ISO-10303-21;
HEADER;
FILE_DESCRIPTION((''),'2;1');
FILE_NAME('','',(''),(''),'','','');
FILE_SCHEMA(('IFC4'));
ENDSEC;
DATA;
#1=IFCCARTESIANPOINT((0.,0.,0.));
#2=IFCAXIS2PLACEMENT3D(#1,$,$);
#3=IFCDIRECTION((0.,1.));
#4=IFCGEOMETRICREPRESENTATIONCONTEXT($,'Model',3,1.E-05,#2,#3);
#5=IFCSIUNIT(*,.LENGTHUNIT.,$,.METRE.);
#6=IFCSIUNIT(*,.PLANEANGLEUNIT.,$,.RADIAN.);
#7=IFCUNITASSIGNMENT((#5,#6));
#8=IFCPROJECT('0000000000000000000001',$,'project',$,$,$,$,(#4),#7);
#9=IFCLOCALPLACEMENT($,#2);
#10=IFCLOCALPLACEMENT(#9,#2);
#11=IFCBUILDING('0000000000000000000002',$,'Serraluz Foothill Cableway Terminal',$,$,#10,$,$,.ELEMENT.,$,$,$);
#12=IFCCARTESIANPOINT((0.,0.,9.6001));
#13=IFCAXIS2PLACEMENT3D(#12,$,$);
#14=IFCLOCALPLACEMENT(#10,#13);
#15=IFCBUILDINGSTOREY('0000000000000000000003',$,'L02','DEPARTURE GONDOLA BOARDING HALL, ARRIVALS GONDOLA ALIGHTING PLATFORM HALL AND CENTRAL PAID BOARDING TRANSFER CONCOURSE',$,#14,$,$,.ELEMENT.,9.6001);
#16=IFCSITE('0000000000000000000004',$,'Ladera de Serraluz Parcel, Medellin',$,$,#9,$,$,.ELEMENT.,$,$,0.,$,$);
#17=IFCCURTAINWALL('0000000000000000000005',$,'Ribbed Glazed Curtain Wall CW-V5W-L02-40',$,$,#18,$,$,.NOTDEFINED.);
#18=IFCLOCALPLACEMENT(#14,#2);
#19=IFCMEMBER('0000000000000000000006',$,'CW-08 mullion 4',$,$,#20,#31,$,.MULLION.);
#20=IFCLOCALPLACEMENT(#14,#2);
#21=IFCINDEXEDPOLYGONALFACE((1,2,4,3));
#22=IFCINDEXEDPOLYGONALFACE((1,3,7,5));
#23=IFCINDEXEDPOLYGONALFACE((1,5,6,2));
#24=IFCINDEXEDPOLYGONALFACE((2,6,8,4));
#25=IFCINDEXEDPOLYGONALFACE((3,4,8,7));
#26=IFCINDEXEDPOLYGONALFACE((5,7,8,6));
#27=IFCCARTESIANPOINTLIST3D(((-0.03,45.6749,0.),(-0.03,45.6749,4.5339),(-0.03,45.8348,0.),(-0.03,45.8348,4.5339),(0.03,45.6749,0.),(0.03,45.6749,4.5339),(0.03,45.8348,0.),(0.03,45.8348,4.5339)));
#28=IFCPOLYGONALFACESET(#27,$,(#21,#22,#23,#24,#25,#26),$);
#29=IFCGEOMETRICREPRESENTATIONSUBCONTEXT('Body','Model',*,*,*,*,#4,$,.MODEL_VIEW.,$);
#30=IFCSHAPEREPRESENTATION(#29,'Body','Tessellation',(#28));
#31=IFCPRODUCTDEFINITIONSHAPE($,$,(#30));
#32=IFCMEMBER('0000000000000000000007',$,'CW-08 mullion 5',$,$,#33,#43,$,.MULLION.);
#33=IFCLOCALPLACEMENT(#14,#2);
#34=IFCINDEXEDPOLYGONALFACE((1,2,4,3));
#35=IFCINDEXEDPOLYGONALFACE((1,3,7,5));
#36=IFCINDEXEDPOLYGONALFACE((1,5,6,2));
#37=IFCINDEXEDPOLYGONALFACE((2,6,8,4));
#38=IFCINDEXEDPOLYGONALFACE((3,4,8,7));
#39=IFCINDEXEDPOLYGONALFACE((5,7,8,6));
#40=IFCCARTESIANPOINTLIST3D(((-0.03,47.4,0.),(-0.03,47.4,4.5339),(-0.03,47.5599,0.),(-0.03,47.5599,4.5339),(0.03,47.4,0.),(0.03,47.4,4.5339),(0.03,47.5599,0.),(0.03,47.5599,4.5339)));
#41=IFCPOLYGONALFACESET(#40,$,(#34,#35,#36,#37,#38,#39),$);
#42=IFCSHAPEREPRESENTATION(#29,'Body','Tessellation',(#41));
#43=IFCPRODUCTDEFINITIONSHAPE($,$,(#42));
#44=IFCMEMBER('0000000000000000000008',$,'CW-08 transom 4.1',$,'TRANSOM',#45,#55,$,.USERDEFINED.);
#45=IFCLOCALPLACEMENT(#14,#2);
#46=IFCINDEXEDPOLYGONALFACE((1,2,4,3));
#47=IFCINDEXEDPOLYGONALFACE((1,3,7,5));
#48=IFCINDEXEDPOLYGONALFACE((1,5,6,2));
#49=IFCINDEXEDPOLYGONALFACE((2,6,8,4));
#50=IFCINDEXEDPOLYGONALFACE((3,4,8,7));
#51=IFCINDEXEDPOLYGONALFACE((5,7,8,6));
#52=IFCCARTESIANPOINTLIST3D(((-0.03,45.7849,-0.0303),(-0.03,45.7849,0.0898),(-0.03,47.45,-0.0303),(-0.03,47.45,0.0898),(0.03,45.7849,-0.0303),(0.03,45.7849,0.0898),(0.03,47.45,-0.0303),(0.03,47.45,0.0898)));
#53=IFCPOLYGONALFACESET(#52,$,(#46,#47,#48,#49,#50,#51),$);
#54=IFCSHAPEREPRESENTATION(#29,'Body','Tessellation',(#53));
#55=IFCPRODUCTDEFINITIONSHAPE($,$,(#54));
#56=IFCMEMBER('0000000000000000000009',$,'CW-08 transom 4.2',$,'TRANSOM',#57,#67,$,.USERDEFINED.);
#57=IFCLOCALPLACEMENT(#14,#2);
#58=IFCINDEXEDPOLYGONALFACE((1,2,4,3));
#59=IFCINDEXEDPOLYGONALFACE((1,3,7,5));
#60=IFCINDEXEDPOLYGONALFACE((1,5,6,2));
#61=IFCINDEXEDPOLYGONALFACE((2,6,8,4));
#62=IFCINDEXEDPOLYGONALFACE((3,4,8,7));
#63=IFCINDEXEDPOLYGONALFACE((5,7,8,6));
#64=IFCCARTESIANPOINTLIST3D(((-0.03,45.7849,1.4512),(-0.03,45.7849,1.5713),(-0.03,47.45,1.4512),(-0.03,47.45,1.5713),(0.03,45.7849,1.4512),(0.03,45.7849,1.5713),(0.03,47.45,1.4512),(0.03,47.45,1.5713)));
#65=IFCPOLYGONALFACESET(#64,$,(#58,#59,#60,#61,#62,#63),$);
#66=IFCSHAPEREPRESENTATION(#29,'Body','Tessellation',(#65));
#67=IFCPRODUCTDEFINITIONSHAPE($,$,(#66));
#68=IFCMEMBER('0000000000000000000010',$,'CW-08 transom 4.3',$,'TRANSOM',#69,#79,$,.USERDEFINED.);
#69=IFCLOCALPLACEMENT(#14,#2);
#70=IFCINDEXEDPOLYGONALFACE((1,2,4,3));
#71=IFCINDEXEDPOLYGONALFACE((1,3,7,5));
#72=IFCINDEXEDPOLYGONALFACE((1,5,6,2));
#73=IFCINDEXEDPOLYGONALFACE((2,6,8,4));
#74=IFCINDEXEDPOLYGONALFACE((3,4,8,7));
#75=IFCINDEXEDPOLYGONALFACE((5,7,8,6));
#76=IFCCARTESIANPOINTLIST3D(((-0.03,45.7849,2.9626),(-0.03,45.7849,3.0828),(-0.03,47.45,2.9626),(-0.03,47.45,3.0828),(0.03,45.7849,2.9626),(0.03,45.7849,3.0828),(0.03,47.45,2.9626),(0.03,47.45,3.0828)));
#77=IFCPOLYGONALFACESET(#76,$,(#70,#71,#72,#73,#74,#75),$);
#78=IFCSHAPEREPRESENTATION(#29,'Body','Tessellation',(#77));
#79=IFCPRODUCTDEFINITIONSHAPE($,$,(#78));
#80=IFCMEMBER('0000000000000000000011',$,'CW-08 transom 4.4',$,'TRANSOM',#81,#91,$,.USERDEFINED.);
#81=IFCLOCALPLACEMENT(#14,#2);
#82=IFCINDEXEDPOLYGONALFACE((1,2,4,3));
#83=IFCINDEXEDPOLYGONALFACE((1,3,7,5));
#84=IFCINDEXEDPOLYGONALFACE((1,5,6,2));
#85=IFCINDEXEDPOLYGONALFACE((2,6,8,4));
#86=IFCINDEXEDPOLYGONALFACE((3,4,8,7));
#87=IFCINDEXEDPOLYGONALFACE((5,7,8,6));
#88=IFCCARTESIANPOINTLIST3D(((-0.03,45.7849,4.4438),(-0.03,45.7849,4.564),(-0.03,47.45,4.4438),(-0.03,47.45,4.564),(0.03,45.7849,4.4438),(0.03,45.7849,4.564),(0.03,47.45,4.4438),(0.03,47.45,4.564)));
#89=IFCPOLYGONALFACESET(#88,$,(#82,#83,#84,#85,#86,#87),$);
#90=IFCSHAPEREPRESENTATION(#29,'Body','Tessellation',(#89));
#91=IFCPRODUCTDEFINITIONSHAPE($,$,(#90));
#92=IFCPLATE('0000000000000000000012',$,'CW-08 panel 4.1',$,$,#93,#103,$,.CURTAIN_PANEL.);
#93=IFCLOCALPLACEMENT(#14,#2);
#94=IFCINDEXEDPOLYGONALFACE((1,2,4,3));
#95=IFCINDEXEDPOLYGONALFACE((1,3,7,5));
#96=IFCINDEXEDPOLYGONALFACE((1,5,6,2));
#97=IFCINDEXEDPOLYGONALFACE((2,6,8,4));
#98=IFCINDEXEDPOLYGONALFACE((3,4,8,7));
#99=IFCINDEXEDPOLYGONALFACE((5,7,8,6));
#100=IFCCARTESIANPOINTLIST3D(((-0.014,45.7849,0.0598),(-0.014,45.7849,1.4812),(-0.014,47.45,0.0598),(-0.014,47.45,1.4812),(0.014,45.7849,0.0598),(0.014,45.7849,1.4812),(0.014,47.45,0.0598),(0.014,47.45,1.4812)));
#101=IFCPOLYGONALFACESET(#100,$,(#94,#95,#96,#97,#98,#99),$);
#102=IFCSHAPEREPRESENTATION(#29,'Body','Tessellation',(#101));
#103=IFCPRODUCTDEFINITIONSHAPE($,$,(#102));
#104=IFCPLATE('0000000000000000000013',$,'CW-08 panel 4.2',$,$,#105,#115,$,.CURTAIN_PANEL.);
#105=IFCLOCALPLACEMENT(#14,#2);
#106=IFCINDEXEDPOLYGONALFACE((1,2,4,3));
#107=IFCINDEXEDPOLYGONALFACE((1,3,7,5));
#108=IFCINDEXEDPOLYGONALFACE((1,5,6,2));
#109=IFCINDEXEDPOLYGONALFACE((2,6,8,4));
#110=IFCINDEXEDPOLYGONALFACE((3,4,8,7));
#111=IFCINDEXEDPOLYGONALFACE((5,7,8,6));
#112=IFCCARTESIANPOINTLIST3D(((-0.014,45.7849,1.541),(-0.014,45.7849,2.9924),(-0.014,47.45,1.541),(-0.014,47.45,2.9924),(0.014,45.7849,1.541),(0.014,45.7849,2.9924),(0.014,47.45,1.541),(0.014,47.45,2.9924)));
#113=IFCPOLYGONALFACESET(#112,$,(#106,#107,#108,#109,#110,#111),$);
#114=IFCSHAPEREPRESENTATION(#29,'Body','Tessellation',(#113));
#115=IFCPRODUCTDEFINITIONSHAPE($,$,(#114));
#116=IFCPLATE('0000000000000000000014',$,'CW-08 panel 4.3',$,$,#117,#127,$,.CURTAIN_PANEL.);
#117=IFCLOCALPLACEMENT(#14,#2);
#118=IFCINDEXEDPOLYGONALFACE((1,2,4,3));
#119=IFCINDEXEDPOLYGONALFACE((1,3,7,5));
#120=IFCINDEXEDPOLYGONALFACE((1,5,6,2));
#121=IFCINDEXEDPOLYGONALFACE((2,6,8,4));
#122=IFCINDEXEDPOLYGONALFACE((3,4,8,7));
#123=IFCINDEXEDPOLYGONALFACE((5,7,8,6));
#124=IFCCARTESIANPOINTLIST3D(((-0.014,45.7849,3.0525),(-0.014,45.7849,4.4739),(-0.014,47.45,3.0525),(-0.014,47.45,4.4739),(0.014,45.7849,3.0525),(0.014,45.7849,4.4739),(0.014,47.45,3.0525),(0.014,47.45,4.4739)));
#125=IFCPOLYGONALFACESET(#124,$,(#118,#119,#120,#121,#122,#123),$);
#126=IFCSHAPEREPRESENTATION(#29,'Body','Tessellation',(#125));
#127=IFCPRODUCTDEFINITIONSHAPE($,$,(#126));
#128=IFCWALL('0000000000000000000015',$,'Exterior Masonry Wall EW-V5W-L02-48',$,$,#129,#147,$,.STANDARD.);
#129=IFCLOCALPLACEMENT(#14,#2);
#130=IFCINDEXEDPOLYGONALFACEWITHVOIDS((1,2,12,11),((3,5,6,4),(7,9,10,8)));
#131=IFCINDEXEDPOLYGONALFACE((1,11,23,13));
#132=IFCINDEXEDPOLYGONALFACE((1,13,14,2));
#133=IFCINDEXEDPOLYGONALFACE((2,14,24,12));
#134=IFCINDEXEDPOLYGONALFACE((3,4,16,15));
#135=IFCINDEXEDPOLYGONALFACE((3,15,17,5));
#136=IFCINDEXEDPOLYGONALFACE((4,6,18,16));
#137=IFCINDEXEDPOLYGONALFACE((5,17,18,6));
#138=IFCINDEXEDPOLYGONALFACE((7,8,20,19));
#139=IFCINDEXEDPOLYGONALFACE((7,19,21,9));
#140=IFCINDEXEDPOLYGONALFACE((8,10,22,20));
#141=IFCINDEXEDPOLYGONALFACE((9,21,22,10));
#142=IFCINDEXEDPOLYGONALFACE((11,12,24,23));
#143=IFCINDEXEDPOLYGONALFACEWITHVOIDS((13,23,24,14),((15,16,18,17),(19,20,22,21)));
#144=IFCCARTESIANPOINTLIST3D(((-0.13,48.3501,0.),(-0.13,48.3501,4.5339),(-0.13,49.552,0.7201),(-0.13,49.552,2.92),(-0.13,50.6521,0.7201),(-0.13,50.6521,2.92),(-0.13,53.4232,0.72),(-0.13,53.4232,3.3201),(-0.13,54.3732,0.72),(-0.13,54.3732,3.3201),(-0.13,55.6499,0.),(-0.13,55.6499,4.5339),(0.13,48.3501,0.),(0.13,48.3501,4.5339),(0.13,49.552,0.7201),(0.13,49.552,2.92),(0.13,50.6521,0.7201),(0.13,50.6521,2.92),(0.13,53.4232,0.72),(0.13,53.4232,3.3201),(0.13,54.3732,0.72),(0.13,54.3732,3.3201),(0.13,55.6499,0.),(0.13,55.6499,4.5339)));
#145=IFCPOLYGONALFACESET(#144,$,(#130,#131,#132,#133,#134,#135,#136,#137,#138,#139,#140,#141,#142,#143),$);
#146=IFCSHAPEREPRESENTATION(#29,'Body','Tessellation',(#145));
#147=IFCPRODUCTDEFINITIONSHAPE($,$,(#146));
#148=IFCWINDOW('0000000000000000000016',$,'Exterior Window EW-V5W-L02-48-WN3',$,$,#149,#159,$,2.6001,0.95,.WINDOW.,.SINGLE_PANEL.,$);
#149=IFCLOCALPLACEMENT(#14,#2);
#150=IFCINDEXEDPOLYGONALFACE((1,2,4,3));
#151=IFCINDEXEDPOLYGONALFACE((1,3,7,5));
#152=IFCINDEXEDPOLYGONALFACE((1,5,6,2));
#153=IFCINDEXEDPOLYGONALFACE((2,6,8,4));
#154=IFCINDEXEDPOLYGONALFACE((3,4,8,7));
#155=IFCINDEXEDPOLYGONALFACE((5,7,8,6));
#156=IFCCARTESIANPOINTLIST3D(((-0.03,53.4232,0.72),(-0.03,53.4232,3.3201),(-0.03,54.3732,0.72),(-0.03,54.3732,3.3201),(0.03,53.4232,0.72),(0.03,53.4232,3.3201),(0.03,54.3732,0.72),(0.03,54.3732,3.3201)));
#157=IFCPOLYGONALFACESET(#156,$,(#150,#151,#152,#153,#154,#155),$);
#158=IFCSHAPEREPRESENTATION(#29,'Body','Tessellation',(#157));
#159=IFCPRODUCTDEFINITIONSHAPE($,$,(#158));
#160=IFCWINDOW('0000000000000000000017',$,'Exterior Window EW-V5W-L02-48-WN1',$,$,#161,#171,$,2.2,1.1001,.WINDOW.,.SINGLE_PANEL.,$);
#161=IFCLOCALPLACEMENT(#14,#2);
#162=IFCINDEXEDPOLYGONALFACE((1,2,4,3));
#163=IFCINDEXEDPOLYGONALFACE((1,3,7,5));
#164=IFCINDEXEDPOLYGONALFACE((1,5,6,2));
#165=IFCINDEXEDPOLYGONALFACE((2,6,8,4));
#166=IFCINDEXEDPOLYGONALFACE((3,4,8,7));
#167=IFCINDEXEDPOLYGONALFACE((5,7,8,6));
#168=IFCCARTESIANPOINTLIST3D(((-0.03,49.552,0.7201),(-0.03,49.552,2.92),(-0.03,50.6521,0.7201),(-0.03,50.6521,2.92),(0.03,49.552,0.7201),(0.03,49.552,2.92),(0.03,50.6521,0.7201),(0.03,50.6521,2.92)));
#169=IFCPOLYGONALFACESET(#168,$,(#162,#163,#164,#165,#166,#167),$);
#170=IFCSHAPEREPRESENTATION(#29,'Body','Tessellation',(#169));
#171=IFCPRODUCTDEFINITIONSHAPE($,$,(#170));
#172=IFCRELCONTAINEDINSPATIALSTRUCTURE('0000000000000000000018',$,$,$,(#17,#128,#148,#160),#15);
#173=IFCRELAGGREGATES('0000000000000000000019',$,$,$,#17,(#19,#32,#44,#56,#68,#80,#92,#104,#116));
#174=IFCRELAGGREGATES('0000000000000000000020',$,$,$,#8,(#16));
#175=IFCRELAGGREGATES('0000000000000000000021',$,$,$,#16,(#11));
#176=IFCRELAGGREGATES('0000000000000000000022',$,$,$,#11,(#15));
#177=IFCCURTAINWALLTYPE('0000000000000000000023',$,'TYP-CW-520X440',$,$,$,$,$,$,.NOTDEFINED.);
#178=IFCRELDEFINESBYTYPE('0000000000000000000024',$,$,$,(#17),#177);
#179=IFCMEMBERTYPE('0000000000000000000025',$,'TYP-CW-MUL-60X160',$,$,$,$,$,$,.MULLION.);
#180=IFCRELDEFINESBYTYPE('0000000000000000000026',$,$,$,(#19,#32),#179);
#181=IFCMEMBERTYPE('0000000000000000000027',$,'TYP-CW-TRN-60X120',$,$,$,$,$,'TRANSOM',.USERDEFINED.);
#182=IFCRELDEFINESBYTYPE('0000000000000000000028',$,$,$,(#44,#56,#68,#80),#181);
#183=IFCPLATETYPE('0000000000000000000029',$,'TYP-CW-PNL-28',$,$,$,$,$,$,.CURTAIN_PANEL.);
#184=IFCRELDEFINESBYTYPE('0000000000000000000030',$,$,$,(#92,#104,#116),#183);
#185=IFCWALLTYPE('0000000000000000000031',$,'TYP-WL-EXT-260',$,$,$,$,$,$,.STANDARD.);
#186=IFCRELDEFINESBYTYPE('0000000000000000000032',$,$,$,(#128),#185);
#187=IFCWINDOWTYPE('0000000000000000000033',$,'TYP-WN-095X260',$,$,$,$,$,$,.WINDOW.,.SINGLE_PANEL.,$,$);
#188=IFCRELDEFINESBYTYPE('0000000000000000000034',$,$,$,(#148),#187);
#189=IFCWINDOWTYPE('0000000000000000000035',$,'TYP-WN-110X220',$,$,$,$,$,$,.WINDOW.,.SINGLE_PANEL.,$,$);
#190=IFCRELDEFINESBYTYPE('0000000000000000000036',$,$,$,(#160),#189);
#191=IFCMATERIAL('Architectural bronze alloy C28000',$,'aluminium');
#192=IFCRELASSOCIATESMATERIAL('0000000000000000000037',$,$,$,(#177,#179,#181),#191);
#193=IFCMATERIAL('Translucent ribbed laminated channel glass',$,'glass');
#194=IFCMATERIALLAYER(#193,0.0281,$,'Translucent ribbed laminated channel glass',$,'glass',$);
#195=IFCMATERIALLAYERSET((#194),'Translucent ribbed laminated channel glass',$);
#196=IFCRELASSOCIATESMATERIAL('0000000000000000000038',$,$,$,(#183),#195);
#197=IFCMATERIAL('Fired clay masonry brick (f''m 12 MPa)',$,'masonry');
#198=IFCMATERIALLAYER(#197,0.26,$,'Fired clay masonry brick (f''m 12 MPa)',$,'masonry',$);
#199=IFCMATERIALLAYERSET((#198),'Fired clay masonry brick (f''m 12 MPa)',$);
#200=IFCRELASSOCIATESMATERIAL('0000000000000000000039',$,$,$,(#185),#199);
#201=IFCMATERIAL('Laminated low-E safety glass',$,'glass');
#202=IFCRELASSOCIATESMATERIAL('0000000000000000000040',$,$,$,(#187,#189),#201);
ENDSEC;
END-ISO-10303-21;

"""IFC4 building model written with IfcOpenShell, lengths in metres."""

from ifc_helpers import new_model, si_unit, direction, frame, frame_2d, origin, origin_2d, place, context, subcontext, project, spatial, rectangle, extrude, material, layer, layer_set, material_profile, profile_set, type_object, element, fill, aggregate, save


model = new_model("IFC4")

# Units and contexts
model_context = context("Model", 3, precision=1e-05, world=origin(), true_north=direction((0.0, 1.0)))
body_context = subcontext(model_context, "Body", "Model", "MODEL_VIEW")
ifc_project = project(units=[si_unit("LENGTHUNIT", "METRE"), si_unit("PLANEANGLEUNIT", "RADIAN")], contexts=[model_context])

# Site, building, storey
site_placement = place(None, origin())
site = spatial("IfcSite", under=ifc_project, at=site_placement, Name="Ladera de Serraluz Parcel, Medellin", CompositionType="ELEMENT", RefElevation=0.0)
building_placement = place(site_placement, origin())
building = spatial("IfcBuilding", under=site, at=building_placement, Name="Serraluz Foothill Cableway Terminal", CompositionType="ELEMENT")
storey_placement = place(building_placement, frame((0.0, 0.0, 9.6001)))
storey = spatial("IfcBuildingStorey", under=building, at=storey_placement, Name="L02", Description="DEPARTURE GONDOLA BOARDING HALL, ARRIVALS GONDOLA ALIGHTING PLATFORM HALL AND CENTRAL PAID BOARDING TRANSFER CONCOURSE", CompositionType="ELEMENT", Elevation=9.6001)

# Shared definitions
ifc_material_1 = material(Name="Fired clay masonry brick (f'm 12 MPa)", Category="masonry")

# Curtain wall, members, plates
ifc_material_2 = material(Name="Architectural bronze alloy C28000", Category="aluminium")
curtain_wall_type = type_object("IfcCurtainWallType", Name="TYP-CW-520X440", PredefinedType="NOTDEFINED", material=ifc_material_2)
curtain_wall_placement = place(storey_placement, origin())
curtain_wall = element("IfcCurtainWall", 1, at=curtain_wall_placement, inside=storey, type_object=curtain_wall_type, Name="Ribbed Glazed Curtain Wall CW-V5W-L02-40", PredefinedType="NOTDEFINED")
ifc_material_profile_1 = material_profile(ifc_material_2, rectangle(XDim=0.0601, YDim=0.1599, at=origin_2d()), Name="ALU MULLION 60x160")
ifc_profile_set_1 = profile_set([ifc_material_profile_1], Name="Architectural bronze alloy C28000")
member_type_1 = type_object("IfcMemberType", Name="TYP-CW-MUL-60X160", PredefinedType="MULLION", material=ifc_profile_set_1)
member_1_placement = place(storey_placement, frame((0.0, 45.7549, 0.0), z_axis=(0.0, 0.0, 1.0), x_axis=(-1.0, 0.0, 0.0)))
member_1 = element("IfcMember", 2, at=member_1_placement, type_object=member_type_1, Name="CW-08 mullion 4", PredefinedType="MULLION", context=body_context, shape_type="SweptSolid", body=[
    extrude(rectangle(XDim=0.0601, YDim=0.1599, at=origin_2d()), origin(), (0.0, 0.0, 1.0), 4.5339),
])
member_2_placement = place(storey_placement, frame((0.0, 47.48, 0.0), z_axis=(0.0, 0.0, 1.0), x_axis=(-1.0, 0.0, 0.0)))
member_2 = element("IfcMember", 3, at=member_2_placement, type_object=member_type_1, Name="CW-08 mullion 5", PredefinedType="MULLION", context=body_context, shape_type="SweptSolid", body=[
    extrude(rectangle(XDim=0.0601, YDim=0.1599, at=origin_2d()), origin(), (0.0, 0.0, 1.0), 4.5339),
])
ifc_material_profile_2 = material_profile(ifc_material_2, rectangle(XDim=0.0601, YDim=0.1201, at=origin_2d()), Name="ALU TRANSOM 60x120")
ifc_profile_set_2 = profile_set([ifc_material_profile_2], Name="Architectural bronze alloy C28000")
member_type_2 = type_object("IfcMemberType", Name="TYP-CW-TRN-60X120", ElementType="TRANSOM", PredefinedType="USERDEFINED", material=ifc_profile_set_2)
member_3_placement = place(storey_placement, frame((0.0, 45.7849, 0.0298), z_axis=(0.0, 1.0, 0.0), x_axis=(-1.0, 0.0, 0.0)))
member_3 = element("IfcMember", 4, at=member_3_placement, type_object=member_type_2, Name="CW-08 transom 4.1", ObjectType="TRANSOM", PredefinedType="USERDEFINED", context=body_context, shape_type="SweptSolid", body=[
    extrude(rectangle(XDim=0.0601, YDim=0.1201, at=origin_2d()), origin(), (0.0, 0.0, 1.0), 1.665),
])
member_4_placement = place(storey_placement, frame((0.0, 45.7849, 1.5112), z_axis=(0.0, 1.0, 0.0), x_axis=(-1.0, 0.0, 0.0)))
member_4 = element("IfcMember", 5, at=member_4_placement, type_object=member_type_2, Name="CW-08 transom 4.2", ObjectType="TRANSOM", PredefinedType="USERDEFINED", context=body_context, shape_type="SweptSolid", body=[
    extrude(rectangle(XDim=0.0601, YDim=0.1201, at=origin_2d()), origin(), (0.0, 0.0, 1.0), 1.665),
])
member_5_placement = place(storey_placement, frame((0.0, 45.7849, 3.0227), z_axis=(0.0, 1.0, 0.0), x_axis=(-1.0, 0.0, 0.0)))
member_5 = element("IfcMember", 6, at=member_5_placement, type_object=member_type_2, Name="CW-08 transom 4.3", ObjectType="TRANSOM", PredefinedType="USERDEFINED", context=body_context, shape_type="SweptSolid", body=[
    extrude(rectangle(XDim=0.0601, YDim=0.1201, at=origin_2d()), origin(), (0.0, 0.0, 1.0), 1.665),
])
member_6_placement = place(storey_placement, frame((0.0, 45.7849, 4.5039), z_axis=(0.0, 1.0, 0.0), x_axis=(-1.0, 0.0, 0.0)))
member_6 = element("IfcMember", 7, at=member_6_placement, type_object=member_type_2, Name="CW-08 transom 4.4", ObjectType="TRANSOM", PredefinedType="USERDEFINED", context=body_context, shape_type="SweptSolid", body=[
    extrude(rectangle(XDim=0.0601, YDim=0.1201, at=origin_2d()), origin(), (0.0, 0.0, 1.0), 1.665),
])
ifc_material_3 = material(Name="Translucent ribbed laminated channel glass", Category="glass")
ifc_layer_1 = layer(ifc_material_3, 0.0281, Name="Translucent ribbed laminated channel glass", Category="glass")
ifc_layer_set_1 = layer_set([ifc_layer_1], Name="Translucent ribbed laminated channel glass")
plate_type = type_object("IfcPlateType", Name="TYP-CW-PNL-28", PredefinedType="CURTAIN_PANEL", material=ifc_layer_set_1)
plate_1_placement = place(storey_placement, frame((0.0, 46.6174, 0.0598), z_axis=(0.0, 0.0, 1.0), x_axis=(0.0, 1.0, 0.0)))
plate_1 = element("IfcPlate", 8, at=plate_1_placement, type_object=plate_type, Name="CW-08 panel 4.1", PredefinedType="CURTAIN_PANEL", context=body_context, shape_type="SweptSolid", body=[
    extrude(rectangle(XDim=1.665, YDim=0.0281, at=origin_2d()), origin(), (0.0, 0.0, 1.0), 1.4214),
])
plate_2_placement = place(storey_placement, frame((0.0, 46.6174, 1.541), z_axis=(0.0, 0.0, 1.0), x_axis=(0.0, 1.0, 0.0)))
plate_2 = element("IfcPlate", 9, at=plate_2_placement, type_object=plate_type, Name="CW-08 panel 4.2", PredefinedType="CURTAIN_PANEL", context=body_context, shape_type="SweptSolid", body=[
    extrude(rectangle(XDim=1.665, YDim=0.0281, at=origin_2d()), origin(), (0.0, 0.0, 1.0), 1.4514),
])
plate_3_placement = place(storey_placement, frame((0.0, 46.6174, 3.0525), z_axis=(0.0, 0.0, 1.0), x_axis=(0.0, 1.0, 0.0)))
plate_3 = element("IfcPlate", 10, at=plate_3_placement, type_object=plate_type, Name="CW-08 panel 4.3", PredefinedType="CURTAIN_PANEL", context=body_context, shape_type="SweptSolid", body=[
    extrude(rectangle(XDim=1.665, YDim=0.0281, at=origin_2d()), origin(), (0.0, 0.0, 1.0), 1.4214),
])
aggregate(curtain_wall, [member_1, member_2, member_3, member_4, member_5, member_6, plate_1, plate_2, plate_3])

# Wall, openings, windows
ifc_layer_2 = layer(ifc_material_1, 0.26, Name="Fired clay masonry brick (f'm 12 MPa)", Category="masonry")
ifc_layer_set_2 = layer_set([ifc_layer_2], Name="Fired clay masonry brick (f'm 12 MPa)")
wall_type_1 = type_object("IfcWallType", Name="TYP-WL-EXT-260", PredefinedType="STANDARD", material=ifc_layer_set_2)
wall_1_placement = place(storey_placement, frame((0.0, 48.3501, 0.0), z_axis=(0.0, 0.0, 1.0), x_axis=(0.0, 1.0, 0.0)))
wall_1 = element("IfcWall", 11, at=wall_1_placement, inside=storey, type_object=wall_type_1, Name="Exterior Masonry Wall EW-V5W-L02-48", PredefinedType="STANDARD", context=body_context, shape_type="SweptSolid", body=[
    extrude(rectangle(XDim=7.2998, YDim=0.26, at=frame_2d((3.6499, 0.0))), origin(), (0.0, 0.0, 1.0), 4.5339),
])
opening_1_placement = place(wall_1_placement, frame((1.2019, 0.0, 0.72)))
opening_1 = element("IfcOpeningElement", 12, at=opening_1_placement, cuts=wall_1, PredefinedType="OPENING", context=body_context, shape_type="SweptSolid", body=[
    extrude(rectangle(XDim=1.1001, YDim=2.2, at=frame_2d((0.55, 1.1001))), frame((0.0, 0.1401, 0.0), z_axis=(0.0, -1.0, 0.0), x_axis=(1.0, 0.0, 0.0)), (0.0, 0.0, 1.0), 0.28),
])
opening_2_placement = place(wall_1_placement, frame((5.073, 0.0, 0.72)))
opening_2 = element("IfcOpeningElement", 13, at=opening_2_placement, cuts=wall_1, PredefinedType="OPENING", context=body_context, shape_type="SweptSolid", body=[
    extrude(rectangle(XDim=0.95, YDim=2.6001, at=frame_2d((0.4751, 1.3))), frame((0.0, 0.1401, 0.0), z_axis=(0.0, -1.0, 0.0), x_axis=(1.0, 0.0, 0.0)), (0.0, 0.0, 1.0), 0.28),
])
ifc_material_4 = material(Name="Laminated low-E safety glass", Category="glass")
window_type_1 = type_object("IfcWindowType", Name="TYP-WN-095X260", PartitioningType="SINGLE_PANEL", PredefinedType="WINDOW", material=ifc_material_4)
window_1_placement = place(opening_2_placement, origin())
window_1 = element("IfcWindow", 14, at=window_1_placement, inside=storey, type_object=window_type_1, Name="Exterior Window EW-V5W-L02-48-WN3", OverallHeight=2.6001, OverallWidth=0.95, PartitioningType="SINGLE_PANEL", PredefinedType="WINDOW", context=body_context, shape_type="SweptSolid", body=[
    extrude(rectangle(XDim=0.95, YDim=2.6001, at=frame_2d((0.4751, 1.3))), frame((0.0, 0.03, 0.0), z_axis=(0.0, -1.0, 0.0), x_axis=(1.0, 0.0, 0.0)), (0.0, 0.0, 1.0), 0.0601),
])
fill(opening_2, window_1)
window_type_2 = type_object("IfcWindowType", Name="TYP-WN-110X220", PartitioningType="SINGLE_PANEL", PredefinedType="WINDOW", material=ifc_material_4)
window_2_placement = place(opening_1_placement, origin())
window_2 = element("IfcWindow", 15, at=window_2_placement, inside=storey, type_object=window_type_2, Name="Exterior Window EW-V5W-L02-48-WN1", OverallHeight=2.2, OverallWidth=1.1001, PartitioningType="SINGLE_PANEL", PredefinedType="WINDOW", context=body_context, shape_type="SweptSolid", body=[
    extrude(rectangle(XDim=1.1001, YDim=2.2, at=frame_2d((0.55, 1.1001))), frame((0.0, 0.03, 0.0), z_axis=(0.0, -1.0, 0.0), x_axis=(1.0, 0.0, 0.0)), (0.0, 0.0, 1.0), 0.0601),
])
fill(opening_1, window_2)

save(model, "model.ifc")
